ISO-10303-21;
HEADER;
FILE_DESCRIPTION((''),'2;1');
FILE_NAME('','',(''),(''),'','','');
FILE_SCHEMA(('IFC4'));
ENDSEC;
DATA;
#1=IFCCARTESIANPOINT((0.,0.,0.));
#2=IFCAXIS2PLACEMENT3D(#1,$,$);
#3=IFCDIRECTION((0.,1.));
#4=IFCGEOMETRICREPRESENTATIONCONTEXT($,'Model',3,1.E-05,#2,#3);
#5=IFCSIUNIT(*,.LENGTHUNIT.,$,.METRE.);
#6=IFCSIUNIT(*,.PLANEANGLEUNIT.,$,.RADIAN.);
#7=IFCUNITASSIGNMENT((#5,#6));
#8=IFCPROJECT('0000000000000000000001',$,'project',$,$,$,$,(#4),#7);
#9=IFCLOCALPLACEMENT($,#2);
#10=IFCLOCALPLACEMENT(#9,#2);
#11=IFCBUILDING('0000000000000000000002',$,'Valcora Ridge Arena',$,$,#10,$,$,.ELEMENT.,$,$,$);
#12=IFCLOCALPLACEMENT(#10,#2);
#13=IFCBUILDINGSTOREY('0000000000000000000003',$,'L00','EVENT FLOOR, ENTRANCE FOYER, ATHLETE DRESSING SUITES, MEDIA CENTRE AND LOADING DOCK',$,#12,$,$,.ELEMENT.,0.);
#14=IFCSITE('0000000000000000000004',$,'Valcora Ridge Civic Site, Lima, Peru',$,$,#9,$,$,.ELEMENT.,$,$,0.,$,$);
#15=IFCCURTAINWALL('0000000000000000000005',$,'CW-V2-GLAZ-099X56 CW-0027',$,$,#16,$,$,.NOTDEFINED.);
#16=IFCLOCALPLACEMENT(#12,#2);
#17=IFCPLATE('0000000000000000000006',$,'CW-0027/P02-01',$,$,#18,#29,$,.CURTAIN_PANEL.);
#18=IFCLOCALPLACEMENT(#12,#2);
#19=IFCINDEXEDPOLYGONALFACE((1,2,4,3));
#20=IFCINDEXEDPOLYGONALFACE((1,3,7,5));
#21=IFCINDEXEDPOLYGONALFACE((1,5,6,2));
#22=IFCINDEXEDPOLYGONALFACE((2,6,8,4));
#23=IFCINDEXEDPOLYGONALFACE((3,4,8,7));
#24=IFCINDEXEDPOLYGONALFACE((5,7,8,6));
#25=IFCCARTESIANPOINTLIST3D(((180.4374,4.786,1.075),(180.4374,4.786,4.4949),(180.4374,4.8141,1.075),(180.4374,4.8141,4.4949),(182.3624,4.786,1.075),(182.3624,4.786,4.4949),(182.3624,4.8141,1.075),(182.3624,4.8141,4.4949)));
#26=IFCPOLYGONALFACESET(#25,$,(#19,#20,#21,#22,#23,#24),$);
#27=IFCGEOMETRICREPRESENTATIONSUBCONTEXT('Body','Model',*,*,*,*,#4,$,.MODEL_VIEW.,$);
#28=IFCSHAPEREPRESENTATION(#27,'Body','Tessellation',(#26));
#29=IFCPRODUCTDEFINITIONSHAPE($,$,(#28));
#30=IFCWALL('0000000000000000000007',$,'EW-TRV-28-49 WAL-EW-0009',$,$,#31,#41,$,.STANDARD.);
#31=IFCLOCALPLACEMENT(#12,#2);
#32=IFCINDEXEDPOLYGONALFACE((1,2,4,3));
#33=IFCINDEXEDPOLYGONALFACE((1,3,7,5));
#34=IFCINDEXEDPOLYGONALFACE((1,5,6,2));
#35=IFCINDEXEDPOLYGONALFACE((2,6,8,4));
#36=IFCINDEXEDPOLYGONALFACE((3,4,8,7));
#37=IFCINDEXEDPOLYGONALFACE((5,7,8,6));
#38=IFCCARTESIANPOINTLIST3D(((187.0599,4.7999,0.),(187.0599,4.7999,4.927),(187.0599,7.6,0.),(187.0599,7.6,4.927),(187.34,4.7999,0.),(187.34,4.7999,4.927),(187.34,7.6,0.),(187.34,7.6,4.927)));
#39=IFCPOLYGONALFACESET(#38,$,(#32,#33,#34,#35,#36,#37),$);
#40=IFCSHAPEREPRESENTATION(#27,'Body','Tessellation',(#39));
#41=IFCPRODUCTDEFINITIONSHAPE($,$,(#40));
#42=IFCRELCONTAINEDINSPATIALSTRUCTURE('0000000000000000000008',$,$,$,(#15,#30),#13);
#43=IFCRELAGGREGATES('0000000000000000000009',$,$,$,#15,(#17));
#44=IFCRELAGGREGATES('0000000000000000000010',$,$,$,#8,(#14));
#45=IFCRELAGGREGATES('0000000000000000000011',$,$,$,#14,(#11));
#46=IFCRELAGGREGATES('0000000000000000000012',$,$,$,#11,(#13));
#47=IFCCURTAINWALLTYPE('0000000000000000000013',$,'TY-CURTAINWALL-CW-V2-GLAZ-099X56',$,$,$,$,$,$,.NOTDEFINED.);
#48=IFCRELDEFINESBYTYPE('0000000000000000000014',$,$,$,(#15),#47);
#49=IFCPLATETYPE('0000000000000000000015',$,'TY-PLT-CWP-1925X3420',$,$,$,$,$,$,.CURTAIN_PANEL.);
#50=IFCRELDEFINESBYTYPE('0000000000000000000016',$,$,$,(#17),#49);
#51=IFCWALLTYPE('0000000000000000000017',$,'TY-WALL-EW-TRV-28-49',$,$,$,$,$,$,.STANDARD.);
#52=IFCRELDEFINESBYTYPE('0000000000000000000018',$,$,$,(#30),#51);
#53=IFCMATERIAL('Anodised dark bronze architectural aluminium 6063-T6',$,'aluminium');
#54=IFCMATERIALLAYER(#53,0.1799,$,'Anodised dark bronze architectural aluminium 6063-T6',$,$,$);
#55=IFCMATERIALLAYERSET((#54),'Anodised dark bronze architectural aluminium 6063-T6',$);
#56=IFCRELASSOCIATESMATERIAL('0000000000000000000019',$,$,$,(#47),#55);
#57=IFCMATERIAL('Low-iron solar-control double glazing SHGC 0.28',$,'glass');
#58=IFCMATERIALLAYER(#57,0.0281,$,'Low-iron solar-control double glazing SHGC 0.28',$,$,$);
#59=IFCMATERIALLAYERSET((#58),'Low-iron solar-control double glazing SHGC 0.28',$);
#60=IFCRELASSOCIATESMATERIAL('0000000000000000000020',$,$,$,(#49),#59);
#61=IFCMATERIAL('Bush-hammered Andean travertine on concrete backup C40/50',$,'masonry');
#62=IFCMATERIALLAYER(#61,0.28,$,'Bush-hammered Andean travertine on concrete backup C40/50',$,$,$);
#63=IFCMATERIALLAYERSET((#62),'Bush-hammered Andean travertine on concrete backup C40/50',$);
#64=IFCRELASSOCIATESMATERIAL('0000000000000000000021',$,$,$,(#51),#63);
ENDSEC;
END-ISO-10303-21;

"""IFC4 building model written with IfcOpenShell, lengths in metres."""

from ifc_helpers import new_model, si_unit, direction, frame, frame_2d, origin, origin_2d, place, context, subcontext, project, spatial, rectangle, extrude, material, layer, layer_set, type_object, element, aggregate, save


model = new_model("IFC4")

# Units and contexts
model_context = context("Model", 3, precision=1e-05, world=origin(), true_north=direction((0.0, 1.0)))
body_context = subcontext(model_context, "Body", "Model", "MODEL_VIEW")
ifc_project = project(units=[si_unit("LENGTHUNIT", "METRE"), si_unit("PLANEANGLEUNIT", "RADIAN")], contexts=[model_context])

# Site, building, storey
site_placement = place(None, origin())
site = spatial("IfcSite", under=ifc_project, at=site_placement, Name="Valcora Ridge Civic Site, Lima, Peru", CompositionType="ELEMENT", RefElevation=0.0)
building_placement = place(site_placement, origin())
building = spatial("IfcBuilding", under=site, at=building_placement, Name="Valcora Ridge Arena", CompositionType="ELEMENT")
storey_placement = place(building_placement, origin())
storey = spatial("IfcBuildingStorey", under=building, at=storey_placement, Name="L00", Description="EVENT FLOOR, ENTRANCE FOYER, ATHLETE DRESSING SUITES, MEDIA CENTRE AND LOADING DOCK", CompositionType="ELEMENT", Elevation=0.0)

# Curtain wall, plate
ifc_material_1 = material(Name="Anodised dark bronze architectural aluminium 6063-T6", Category="aluminium")
ifc_layer_1 = layer(ifc_material_1, 0.1799, Name="Anodised dark bronze architectural aluminium 6063-T6")
ifc_layer_set_1 = layer_set([ifc_layer_1], Name="Anodised dark bronze architectural aluminium 6063-T6")
curtain_wall_type = type_object("IfcCurtainWallType", Name="TY-CURTAINWALL-CW-V2-GLAZ-099X56", PredefinedType="NOTDEFINED", material=ifc_layer_set_1)
curtain_wall_placement = place(storey_placement, origin())
curtain_wall = element("IfcCurtainWall", 1, at=curtain_wall_placement, inside=storey, type_object=curtain_wall_type, Name="CW-V2-GLAZ-099X56 CW-0027", PredefinedType="NOTDEFINED")
ifc_material_2 = material(Name="Low-iron solar-control double glazing SHGC 0.28", Category="glass")
ifc_layer_2 = layer(ifc_material_2, 0.0281, Name="Low-iron solar-control double glazing SHGC 0.28")
ifc_layer_set_2 = layer_set([ifc_layer_2], Name="Low-iron solar-control double glazing SHGC 0.28")
plate_type_1 = type_object("IfcPlateType", Name="TY-PLT-CWP-1925X3420", PredefinedType="CURTAIN_PANEL", material=ifc_layer_set_2)
plate_1_placement = place(storey_placement, frame((181.3999, 4.8, 1.075), z_axis=(0.0, 0.0, 1.0), x_axis=(1.0, 0.0, 0.0)))
plate_1 = element("IfcPlate", 2, at=plate_1_placement, type_object=plate_type_1, Name="CW-0027/P02-01", PredefinedType="CURTAIN_PANEL", context=body_context, shape_type="SweptSolid", body=[
    extrude(rectangle(XDim=1.925, YDim=0.0281, at=origin_2d()), origin(), (0.0, 0.0, 1.0), 3.4199),
])
aggregate(curtain_wall, [plate_1])

# Wall
ifc_material_3 = material(Name="Bush-hammered Andean travertine on concrete backup C40/50", Category="masonry")
ifc_layer_3 = layer(ifc_material_3, 0.28, Name="Bush-hammered Andean travertine on concrete backup C40/50")
ifc_layer_set_3 = layer_set([ifc_layer_3], Name="Bush-hammered Andean travertine on concrete backup C40/50")
wall_type = type_object("IfcWallType", Name="TY-WALL-EW-TRV-28-49", PredefinedType="STANDARD", material=ifc_layer_set_3)
wall_placement = place(storey_placement, frame((187.2, 4.8, 0.0), z_axis=(0.0, 0.0, 1.0), x_axis=(0.0, 1.0, 0.0)))
element("IfcWall", 3, at=wall_placement, inside=storey, type_object=wall_type, Name="EW-TRV-28-49 WAL-EW-0009", PredefinedType="STANDARD", context=body_context, shape_type="SweptSolid", body=[
    extrude(rectangle(XDim=2.8, YDim=0.28, at=frame_2d((1.3999, 0.0))), origin(), (0.0, 0.0, 1.0), 4.927),
])

save(model, "model.ifc")
